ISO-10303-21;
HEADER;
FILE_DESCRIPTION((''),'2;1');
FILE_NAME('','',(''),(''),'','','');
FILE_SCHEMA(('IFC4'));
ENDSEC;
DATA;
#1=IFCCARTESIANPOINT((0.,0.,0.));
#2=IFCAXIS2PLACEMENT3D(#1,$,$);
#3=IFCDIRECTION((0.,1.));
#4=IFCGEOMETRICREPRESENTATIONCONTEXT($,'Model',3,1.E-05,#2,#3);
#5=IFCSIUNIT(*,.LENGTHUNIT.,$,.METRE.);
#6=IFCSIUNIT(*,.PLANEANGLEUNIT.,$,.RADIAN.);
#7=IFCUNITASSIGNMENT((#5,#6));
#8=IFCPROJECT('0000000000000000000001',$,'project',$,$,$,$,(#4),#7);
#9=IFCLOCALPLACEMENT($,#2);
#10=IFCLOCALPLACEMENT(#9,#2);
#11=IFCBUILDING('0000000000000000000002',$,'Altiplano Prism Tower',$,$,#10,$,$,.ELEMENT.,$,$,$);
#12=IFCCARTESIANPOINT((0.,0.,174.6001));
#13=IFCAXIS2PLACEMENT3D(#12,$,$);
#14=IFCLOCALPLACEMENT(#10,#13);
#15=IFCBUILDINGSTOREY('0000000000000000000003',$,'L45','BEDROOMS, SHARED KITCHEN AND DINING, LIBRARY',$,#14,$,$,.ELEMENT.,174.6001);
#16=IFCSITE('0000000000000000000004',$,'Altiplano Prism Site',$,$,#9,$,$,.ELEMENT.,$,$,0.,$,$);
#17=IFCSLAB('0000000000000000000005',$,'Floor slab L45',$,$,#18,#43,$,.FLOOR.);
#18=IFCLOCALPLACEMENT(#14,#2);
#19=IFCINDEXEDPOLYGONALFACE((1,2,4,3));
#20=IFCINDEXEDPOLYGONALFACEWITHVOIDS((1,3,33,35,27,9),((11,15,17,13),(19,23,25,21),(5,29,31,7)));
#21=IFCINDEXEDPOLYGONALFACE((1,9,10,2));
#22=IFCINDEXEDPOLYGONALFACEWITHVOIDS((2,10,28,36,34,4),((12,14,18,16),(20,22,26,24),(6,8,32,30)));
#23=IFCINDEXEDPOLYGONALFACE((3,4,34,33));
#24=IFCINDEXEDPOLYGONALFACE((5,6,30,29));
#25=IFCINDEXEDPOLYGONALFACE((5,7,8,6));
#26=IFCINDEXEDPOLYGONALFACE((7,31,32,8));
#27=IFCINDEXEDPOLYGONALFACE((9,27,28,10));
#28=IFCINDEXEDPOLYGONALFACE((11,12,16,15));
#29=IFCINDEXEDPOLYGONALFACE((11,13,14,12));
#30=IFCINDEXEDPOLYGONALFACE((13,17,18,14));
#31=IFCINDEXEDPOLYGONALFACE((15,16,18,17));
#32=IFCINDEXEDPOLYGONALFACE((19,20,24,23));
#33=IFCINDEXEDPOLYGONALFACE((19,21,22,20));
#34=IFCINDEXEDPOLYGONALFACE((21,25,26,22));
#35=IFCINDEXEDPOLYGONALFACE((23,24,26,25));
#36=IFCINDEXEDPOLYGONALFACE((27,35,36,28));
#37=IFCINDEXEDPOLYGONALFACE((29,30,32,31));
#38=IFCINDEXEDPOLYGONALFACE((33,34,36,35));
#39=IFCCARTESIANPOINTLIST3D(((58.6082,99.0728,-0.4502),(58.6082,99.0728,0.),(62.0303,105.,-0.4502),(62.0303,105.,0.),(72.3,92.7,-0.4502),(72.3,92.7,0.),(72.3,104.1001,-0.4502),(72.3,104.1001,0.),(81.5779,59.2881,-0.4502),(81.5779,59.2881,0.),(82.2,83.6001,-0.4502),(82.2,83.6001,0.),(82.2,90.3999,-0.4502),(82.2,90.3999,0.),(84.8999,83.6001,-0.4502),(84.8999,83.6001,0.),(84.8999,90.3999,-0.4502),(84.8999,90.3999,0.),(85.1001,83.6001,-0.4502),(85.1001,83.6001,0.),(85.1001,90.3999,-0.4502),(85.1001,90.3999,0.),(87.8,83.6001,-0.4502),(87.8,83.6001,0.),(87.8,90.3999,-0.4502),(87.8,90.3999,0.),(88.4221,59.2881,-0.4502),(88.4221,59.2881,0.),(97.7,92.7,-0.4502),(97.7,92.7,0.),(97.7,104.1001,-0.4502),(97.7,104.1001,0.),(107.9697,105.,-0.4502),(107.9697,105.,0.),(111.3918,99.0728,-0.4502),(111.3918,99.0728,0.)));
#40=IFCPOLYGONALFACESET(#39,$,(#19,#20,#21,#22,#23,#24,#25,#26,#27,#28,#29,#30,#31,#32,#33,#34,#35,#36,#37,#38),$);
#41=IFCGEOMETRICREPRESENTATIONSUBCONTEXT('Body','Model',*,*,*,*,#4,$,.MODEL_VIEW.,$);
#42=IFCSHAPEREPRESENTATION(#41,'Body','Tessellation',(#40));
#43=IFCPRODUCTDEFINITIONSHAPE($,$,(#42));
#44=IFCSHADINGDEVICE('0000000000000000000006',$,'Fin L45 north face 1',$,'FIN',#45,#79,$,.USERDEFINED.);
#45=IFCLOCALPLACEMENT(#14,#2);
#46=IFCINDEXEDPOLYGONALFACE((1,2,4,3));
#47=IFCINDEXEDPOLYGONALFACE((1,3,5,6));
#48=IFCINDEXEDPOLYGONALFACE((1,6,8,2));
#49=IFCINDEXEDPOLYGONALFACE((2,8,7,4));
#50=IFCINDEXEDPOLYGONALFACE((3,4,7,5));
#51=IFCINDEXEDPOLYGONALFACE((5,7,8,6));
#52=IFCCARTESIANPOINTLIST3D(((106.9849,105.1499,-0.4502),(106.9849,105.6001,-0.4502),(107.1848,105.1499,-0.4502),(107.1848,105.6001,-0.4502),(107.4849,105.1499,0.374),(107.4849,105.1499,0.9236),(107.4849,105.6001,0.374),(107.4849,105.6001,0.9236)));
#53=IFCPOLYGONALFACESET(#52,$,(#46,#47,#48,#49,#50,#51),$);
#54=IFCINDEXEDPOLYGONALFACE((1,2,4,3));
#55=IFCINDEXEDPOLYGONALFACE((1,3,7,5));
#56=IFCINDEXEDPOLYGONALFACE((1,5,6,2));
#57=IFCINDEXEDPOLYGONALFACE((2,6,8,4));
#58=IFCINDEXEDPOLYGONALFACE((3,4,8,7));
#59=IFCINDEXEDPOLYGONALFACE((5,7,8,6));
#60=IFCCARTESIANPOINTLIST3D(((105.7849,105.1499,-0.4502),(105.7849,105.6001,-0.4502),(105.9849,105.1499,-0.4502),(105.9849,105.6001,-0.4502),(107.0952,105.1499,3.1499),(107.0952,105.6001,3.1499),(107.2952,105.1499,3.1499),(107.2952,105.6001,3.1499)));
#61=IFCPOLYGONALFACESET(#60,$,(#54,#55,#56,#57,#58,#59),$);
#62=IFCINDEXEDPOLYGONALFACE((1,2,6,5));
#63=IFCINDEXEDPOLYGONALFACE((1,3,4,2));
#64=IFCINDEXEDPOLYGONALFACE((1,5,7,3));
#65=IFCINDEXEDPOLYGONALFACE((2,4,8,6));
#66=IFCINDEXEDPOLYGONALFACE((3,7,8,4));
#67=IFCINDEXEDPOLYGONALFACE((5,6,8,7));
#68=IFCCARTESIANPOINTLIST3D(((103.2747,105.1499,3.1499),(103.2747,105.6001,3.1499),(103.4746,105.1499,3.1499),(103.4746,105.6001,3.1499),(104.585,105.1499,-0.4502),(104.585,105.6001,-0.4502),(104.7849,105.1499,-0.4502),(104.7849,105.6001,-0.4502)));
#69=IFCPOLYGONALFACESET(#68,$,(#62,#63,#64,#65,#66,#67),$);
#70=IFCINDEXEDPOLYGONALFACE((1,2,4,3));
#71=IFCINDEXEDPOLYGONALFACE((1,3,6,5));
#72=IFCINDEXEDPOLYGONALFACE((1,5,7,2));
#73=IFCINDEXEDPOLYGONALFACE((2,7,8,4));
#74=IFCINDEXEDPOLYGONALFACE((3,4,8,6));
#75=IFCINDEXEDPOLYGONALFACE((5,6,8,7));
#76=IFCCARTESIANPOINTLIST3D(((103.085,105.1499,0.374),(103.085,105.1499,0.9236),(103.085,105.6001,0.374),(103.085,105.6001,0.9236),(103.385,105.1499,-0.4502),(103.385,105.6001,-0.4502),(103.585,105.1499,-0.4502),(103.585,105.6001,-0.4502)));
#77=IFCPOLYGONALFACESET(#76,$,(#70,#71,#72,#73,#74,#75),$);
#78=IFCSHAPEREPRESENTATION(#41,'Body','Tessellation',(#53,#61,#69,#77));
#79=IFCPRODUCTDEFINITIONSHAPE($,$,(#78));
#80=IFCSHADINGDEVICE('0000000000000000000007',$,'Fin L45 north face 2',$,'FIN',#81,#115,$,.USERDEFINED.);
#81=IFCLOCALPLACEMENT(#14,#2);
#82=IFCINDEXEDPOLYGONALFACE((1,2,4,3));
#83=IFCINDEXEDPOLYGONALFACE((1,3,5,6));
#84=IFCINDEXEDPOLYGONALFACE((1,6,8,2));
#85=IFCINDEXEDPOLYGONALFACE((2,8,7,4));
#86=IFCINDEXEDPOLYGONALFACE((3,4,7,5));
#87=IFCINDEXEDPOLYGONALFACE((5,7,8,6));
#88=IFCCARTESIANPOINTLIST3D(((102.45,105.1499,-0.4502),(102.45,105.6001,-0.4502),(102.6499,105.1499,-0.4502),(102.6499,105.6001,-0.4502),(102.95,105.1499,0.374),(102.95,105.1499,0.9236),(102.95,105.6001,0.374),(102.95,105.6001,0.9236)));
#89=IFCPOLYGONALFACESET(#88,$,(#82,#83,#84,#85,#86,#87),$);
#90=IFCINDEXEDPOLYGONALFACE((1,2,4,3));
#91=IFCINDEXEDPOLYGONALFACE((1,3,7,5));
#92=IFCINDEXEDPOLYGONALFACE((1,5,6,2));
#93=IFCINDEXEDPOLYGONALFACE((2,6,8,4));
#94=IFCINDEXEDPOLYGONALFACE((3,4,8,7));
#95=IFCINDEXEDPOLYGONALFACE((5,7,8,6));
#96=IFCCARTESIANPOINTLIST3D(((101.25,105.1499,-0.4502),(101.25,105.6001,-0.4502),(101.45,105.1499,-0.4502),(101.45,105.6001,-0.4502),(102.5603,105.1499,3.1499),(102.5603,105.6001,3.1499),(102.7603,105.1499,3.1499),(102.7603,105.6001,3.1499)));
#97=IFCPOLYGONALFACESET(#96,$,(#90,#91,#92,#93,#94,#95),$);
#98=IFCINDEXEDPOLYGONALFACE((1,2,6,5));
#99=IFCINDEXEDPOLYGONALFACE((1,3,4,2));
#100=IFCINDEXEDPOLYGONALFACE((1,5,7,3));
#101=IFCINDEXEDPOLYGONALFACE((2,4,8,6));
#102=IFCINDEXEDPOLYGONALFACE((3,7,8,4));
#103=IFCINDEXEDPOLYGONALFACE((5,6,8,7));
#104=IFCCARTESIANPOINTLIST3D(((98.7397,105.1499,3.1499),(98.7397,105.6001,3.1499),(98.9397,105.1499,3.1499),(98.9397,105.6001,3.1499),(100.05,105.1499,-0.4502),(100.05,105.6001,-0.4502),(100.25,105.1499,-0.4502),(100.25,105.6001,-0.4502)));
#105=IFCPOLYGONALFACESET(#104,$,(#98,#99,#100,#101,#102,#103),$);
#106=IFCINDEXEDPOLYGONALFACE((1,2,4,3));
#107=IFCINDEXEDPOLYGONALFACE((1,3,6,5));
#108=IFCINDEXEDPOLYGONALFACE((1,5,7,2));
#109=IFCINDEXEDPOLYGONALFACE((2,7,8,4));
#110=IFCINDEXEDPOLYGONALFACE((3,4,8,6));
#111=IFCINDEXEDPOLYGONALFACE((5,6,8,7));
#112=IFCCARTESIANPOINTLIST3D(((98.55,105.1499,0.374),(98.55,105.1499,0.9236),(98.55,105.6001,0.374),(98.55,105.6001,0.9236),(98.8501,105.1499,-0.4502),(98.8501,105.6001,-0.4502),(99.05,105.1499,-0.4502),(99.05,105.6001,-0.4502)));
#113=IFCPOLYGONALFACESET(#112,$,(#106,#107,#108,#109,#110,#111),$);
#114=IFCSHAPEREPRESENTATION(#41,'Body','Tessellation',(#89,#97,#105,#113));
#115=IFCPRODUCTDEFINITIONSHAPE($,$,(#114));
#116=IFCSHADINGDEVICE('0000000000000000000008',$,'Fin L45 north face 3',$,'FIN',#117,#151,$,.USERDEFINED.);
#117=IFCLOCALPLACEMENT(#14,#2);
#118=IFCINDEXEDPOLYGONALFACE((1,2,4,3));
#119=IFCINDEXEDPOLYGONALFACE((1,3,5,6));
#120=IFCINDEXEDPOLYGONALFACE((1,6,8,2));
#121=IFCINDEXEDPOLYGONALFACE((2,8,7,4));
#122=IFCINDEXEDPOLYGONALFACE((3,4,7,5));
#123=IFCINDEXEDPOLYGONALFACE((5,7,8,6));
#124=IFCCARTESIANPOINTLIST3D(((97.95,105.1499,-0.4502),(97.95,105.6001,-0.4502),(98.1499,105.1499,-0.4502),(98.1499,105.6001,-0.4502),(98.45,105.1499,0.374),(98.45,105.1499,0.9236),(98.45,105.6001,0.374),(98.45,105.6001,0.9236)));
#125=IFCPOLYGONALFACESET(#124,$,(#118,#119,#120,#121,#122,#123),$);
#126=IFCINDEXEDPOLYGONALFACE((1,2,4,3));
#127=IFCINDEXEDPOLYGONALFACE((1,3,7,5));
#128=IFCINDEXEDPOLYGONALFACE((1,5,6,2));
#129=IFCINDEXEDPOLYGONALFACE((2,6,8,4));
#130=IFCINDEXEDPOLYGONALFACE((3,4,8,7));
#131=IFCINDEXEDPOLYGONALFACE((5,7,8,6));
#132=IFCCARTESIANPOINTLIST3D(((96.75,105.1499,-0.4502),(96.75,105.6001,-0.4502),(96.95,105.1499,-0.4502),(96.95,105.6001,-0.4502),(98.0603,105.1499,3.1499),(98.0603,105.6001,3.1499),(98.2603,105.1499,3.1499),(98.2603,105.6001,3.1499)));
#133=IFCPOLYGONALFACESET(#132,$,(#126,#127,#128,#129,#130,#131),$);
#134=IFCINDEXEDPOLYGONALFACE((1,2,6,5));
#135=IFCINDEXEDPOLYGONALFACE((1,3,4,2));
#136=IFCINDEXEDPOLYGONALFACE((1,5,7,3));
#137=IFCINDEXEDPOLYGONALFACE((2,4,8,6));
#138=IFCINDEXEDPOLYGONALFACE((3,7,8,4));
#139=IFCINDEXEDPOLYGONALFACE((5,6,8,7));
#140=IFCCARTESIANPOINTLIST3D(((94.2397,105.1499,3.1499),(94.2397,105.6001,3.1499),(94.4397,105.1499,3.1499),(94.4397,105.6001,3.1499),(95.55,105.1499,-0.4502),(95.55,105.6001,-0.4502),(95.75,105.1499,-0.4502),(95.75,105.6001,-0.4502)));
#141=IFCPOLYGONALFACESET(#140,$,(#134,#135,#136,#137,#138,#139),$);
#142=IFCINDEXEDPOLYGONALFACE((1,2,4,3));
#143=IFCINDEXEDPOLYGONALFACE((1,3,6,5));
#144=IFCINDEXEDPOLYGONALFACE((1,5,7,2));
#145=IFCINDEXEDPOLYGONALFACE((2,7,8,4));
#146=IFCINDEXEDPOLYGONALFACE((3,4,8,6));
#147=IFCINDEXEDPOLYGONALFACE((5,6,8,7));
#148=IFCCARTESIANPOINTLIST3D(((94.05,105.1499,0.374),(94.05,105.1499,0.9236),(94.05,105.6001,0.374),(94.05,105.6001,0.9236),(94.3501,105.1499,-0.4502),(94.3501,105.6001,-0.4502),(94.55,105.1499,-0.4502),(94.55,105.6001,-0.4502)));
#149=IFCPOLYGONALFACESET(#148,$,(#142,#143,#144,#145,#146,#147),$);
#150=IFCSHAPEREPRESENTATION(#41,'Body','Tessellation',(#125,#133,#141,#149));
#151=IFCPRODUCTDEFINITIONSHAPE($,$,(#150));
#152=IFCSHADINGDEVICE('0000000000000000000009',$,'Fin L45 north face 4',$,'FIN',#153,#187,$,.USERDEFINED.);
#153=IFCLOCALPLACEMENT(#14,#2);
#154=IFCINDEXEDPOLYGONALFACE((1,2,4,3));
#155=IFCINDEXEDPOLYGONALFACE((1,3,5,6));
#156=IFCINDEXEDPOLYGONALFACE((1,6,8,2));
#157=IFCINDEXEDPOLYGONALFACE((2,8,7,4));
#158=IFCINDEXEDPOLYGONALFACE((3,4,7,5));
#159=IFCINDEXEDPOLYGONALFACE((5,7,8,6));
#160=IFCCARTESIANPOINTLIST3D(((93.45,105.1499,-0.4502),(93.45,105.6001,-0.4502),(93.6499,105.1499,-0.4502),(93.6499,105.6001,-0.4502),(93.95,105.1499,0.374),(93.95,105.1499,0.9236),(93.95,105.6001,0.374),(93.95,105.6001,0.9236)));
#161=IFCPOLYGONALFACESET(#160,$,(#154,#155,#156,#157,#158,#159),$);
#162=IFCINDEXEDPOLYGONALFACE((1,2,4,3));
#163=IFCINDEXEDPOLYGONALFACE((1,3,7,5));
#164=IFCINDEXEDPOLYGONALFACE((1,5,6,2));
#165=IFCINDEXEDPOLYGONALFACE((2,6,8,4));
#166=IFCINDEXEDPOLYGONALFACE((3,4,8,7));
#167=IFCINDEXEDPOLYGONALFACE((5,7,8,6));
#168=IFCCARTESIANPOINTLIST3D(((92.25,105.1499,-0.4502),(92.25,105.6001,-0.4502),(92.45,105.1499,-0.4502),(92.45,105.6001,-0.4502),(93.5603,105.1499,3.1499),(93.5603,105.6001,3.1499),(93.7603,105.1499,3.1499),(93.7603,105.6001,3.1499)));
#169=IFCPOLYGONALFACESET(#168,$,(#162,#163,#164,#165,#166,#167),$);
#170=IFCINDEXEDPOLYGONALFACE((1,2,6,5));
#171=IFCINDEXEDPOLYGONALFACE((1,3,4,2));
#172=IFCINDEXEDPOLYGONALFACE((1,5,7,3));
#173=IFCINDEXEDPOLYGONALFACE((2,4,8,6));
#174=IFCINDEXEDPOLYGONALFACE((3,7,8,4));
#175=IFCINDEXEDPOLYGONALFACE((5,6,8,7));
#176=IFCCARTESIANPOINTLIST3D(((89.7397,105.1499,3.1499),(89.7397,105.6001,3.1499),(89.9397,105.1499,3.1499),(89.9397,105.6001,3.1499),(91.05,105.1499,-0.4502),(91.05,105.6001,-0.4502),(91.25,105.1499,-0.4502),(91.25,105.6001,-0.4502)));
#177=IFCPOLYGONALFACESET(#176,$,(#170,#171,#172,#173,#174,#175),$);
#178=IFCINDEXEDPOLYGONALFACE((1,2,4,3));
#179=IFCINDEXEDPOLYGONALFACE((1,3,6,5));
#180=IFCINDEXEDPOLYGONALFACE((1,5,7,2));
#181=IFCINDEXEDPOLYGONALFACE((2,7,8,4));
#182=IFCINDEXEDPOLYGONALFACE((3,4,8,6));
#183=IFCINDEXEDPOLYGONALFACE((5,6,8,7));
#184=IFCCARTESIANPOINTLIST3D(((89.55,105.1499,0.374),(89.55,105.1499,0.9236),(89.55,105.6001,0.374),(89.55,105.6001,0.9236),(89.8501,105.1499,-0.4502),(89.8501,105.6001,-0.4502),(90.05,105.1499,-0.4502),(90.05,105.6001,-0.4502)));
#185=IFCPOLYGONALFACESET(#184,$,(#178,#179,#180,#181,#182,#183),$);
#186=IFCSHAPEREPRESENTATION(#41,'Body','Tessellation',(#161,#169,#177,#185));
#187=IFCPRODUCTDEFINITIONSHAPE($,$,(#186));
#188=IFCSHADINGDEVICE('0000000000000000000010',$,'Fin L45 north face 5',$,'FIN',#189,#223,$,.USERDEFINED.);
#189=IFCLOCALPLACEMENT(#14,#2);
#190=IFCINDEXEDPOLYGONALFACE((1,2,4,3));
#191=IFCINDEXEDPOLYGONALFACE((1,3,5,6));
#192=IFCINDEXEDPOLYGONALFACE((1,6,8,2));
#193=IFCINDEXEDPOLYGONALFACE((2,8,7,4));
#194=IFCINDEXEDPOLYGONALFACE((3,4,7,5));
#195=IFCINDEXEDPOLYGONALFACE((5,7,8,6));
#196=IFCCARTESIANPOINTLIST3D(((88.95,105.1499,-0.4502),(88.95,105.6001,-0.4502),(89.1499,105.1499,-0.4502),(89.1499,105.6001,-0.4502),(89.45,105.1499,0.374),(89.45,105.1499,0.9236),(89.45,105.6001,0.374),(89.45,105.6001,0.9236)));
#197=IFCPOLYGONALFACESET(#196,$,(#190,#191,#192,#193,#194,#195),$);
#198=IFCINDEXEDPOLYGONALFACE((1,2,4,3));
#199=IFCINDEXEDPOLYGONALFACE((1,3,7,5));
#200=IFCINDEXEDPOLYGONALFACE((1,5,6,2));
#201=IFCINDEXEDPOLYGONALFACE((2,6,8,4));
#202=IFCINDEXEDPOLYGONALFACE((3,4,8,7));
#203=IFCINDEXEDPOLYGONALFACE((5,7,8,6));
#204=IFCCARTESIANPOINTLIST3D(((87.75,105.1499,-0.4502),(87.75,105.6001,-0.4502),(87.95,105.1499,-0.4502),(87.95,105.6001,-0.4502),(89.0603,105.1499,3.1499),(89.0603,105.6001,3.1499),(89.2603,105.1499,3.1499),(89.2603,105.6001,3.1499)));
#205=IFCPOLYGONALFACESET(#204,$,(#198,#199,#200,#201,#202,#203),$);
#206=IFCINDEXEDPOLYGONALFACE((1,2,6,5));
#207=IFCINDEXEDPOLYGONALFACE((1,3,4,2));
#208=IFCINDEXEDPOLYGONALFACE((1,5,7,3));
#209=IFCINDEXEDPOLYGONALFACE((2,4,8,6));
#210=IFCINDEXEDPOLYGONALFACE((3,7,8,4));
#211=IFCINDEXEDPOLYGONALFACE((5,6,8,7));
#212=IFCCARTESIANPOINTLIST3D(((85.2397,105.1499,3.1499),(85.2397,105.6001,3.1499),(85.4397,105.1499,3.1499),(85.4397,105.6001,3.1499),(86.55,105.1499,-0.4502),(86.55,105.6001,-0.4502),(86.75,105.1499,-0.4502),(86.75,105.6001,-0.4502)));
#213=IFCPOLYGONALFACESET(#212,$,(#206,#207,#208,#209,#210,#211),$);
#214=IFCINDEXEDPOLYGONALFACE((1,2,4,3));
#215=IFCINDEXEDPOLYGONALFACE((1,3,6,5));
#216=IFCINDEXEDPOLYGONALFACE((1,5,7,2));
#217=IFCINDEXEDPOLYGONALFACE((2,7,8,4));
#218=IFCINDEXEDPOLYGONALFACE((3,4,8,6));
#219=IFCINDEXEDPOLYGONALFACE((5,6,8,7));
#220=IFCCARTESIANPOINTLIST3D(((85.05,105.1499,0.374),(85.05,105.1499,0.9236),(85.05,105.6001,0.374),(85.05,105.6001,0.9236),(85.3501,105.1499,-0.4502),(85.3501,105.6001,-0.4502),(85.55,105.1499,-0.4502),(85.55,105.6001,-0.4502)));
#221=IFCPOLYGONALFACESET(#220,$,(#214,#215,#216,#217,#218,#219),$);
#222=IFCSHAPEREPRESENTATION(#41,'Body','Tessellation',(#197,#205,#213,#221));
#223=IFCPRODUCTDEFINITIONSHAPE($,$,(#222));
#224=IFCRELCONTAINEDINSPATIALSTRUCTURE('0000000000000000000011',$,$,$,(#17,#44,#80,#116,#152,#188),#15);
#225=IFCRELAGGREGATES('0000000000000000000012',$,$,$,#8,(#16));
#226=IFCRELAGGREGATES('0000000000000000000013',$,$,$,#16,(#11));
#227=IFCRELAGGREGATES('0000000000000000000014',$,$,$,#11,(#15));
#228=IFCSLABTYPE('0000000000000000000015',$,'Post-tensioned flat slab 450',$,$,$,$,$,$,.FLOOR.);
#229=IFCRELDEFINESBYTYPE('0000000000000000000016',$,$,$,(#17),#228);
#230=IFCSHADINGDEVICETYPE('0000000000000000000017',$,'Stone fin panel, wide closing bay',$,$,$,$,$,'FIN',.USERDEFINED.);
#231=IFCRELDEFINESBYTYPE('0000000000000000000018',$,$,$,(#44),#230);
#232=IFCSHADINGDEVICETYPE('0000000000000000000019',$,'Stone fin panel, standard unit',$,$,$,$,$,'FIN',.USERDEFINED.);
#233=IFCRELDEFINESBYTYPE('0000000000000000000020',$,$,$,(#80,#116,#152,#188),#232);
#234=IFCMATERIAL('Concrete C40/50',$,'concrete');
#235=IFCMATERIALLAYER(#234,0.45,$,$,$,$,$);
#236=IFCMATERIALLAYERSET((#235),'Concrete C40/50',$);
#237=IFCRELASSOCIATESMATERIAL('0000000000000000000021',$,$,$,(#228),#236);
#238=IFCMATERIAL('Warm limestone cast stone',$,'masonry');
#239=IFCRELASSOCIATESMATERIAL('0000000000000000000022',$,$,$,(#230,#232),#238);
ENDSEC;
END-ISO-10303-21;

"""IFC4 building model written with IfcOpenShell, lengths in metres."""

from ifc_helpers import new_model, si_unit, direction, frame, origin, place, context, subcontext, project, spatial, polyline, outline, extrude, source, transform, mapped, material, layer, layer_set, type_object, element, save


model = new_model("IFC4")

# Units and contexts
model_context = context("Model", 3, precision=1e-05, world=origin(), true_north=direction((0.0, 1.0)))
body_context = subcontext(model_context, "Body", "Model", "MODEL_VIEW")
ifc_project = project(units=[si_unit("LENGTHUNIT", "METRE"), si_unit("PLANEANGLEUNIT", "RADIAN")], contexts=[model_context])

# Site, building, storey
site_placement = place(None, origin())
site = spatial("IfcSite", under=ifc_project, at=site_placement, Name="Altiplano Prism Site", CompositionType="ELEMENT", RefElevation=0.0)
building_placement = place(site_placement, origin())
building = spatial("IfcBuilding", under=site, at=building_placement, Name="Altiplano Prism Tower", CompositionType="ELEMENT")
storey_placement = place(building_placement, frame((0.0, 0.0, 174.6001)))
storey = spatial("IfcBuildingStorey", under=building, at=storey_placement, Name="L45", Description="BEDROOMS, SHARED KITCHEN AND DINING, LIBRARY", CompositionType="ELEMENT", Elevation=174.6001)

# Slab
ifc_material_1 = material(Name="Concrete C40/50", Category="concrete")
ifc_layer = layer(ifc_material_1, 0.45)
ifc_layer_set = layer_set([ifc_layer], Name="Concrete C40/50")
slab_type = type_object("IfcSlabType", Name="Post-tensioned flat slab 450", PredefinedType="FLOOR", material=ifc_layer_set)
slab_placement = place(storey_placement, frame((0.0, 0.0, -0.4502)))
element("IfcSlab", 1, at=slab_placement, inside=storey, type_object=slab_type, Name="Floor slab L45", PredefinedType="FLOOR", context=body_context, shape_type="SweptSolid", body=[
    extrude(outline(polyline([(81.5779, 59.2881), (58.6082, 99.0728), (62.0303, 105.0), (107.9697, 105.0), (111.3918, 99.0728), (88.4221, 59.2881), (81.5779, 59.2881)]), holes=[polyline([(72.3, 104.1001), (72.3, 92.7), (97.7, 92.7), (97.7, 104.1001), (72.3, 104.1001)]), polyline([(84.8999, 90.3999), (82.2, 90.3999), (82.2, 83.6001), (84.8999, 83.6001), (84.8999, 90.3999)]), polyline([(87.8, 83.6001), (87.8, 90.3999), (85.1001, 90.3999), (85.1001, 83.6001), (87.8, 83.6001)])]), origin(), (0.0, 0.0, 1.0), 0.4502),
])

# Shading devices
ifc_material_2 = material(Name="Warm limestone cast stone", Category="masonry")
shading_device_type_1 = type_object("IfcShadingDeviceType", Name="Stone fin panel, wide closing bay", ElementType="FIN", PredefinedType="USERDEFINED", material=ifc_material_2)
shared_shape_1 = source(origin(), body_context, "Body", "SweptSolid", [
    extrude(outline(polyline([(-2.2, 1.3738), (-2.2, 0.8242), (-1.8999, 0.0), (-1.7, 0.0), (-2.2, 1.3738)])), frame((0.0, -0.1499, 0.0), z_axis=(0.0, -1.0, 0.0), x_axis=(1.0, 0.0, 0.0)), (0.0, 0.0, 1.0), 0.4502),
    extrude(outline(polyline([(-2.0103, 3.6001), (-0.7, 0.0), (-0.5, 0.0), (-1.8103, 3.6001), (-2.0103, 3.6001)])), frame((0.0, -0.1499, 0.0), z_axis=(0.0, -1.0, 0.0), x_axis=(1.0, 0.0, 0.0)), (0.0, 0.0, 1.0), 0.4502),
    extrude(outline(polyline([(1.8103, 3.6001), (0.5, 0.0), (0.7, 0.0), (2.0103, 3.6001), (1.8103, 3.6001)])), frame((0.0, -0.1499, 0.0), z_axis=(0.0, -1.0, 0.0), x_axis=(1.0, 0.0, 0.0)), (0.0, 0.0, 1.0), 0.4502),
    extrude(outline(polyline([(2.2, 0.8242), (2.2, 1.3738), (1.7, 0.0), (1.8999, 0.0), (2.2, 0.8242)])), frame((0.0, -0.1499, 0.0), z_axis=(0.0, -1.0, 0.0), x_axis=(1.0, 0.0, 0.0)), (0.0, 0.0, 1.0), 0.4502),
])
shading_device_1_placement = place(storey_placement, origin())
element("IfcShadingDevice", 2, at=shading_device_1_placement, inside=storey, type_object=shading_device_type_1, Name="Fin L45 north face 1", ObjectType="FIN", PredefinedType="USERDEFINED", context=body_context, shape_type="MappedRepresentation", body=[
    mapped(shared_shape_1, transform((105.2849, 105.0, -0.4502), x_axis=(-1.0, 0.0, 0.0), y_axis=(0.0, -1.0, 0.0), z_axis=(0.0, 0.0, 1.0))),
])
shading_device_type_2 = type_object("IfcShadingDeviceType", Name="Stone fin panel, standard unit", ElementType="FIN", PredefinedType="USERDEFINED", material=ifc_material_2)
shading_device_2_placement = place(storey_placement, origin())
element("IfcShadingDevice", 3, at=shading_device_2_placement, inside=storey, type_object=shading_device_type_2, Name="Fin L45 north face 2", ObjectType="FIN", PredefinedType="USERDEFINED", context=body_context, shape_type="MappedRepresentation", body=[
    mapped(shared_shape_1, transform((100.75, 105.0, -0.4502), x_axis=(-1.0, 0.0, 0.0), y_axis=(0.0, -1.0, 0.0), z_axis=(0.0, 0.0, 1.0))),
])
shading_device_3_placement = place(storey_placement, origin())
element("IfcShadingDevice", 4, at=shading_device_3_placement, inside=storey, type_object=shading_device_type_2, Name="Fin L45 north face 3", ObjectType="FIN", PredefinedType="USERDEFINED", context=body_context, shape_type="MappedRepresentation", body=[
    mapped(shared_shape_1, transform((96.25, 105.0, -0.4502), x_axis=(-1.0, 0.0, 0.0), y_axis=(0.0, -1.0, 0.0), z_axis=(0.0, 0.0, 1.0))),
])
shading_device_4_placement = place(storey_placement, origin())
element("IfcShadingDevice", 5, at=shading_device_4_placement, inside=storey, type_object=shading_device_type_2, Name="Fin L45 north face 4", ObjectType="FIN", PredefinedType="USERDEFINED", context=body_context, shape_type="MappedRepresentation", body=[
    mapped(shared_shape_1, transform((91.75, 105.0, -0.4502), x_axis=(-1.0, 0.0, 0.0), y_axis=(0.0, -1.0, 0.0), z_axis=(0.0, 0.0, 1.0))),
])
shading_device_5_placement = place(storey_placement, origin())
element("IfcShadingDevice", 6, at=shading_device_5_placement, inside=storey, type_object=shading_device_type_2, Name="Fin L45 north face 5", ObjectType="FIN", PredefinedType="USERDEFINED", context=body_context, shape_type="MappedRepresentation", body=[
    mapped(shared_shape_1, transform((87.25, 105.0, -0.4502), x_axis=(-1.0, 0.0, 0.0), y_axis=(0.0, -1.0, 0.0), z_axis=(0.0, 0.0, 1.0))),
])

save(model, "model.ifc")
